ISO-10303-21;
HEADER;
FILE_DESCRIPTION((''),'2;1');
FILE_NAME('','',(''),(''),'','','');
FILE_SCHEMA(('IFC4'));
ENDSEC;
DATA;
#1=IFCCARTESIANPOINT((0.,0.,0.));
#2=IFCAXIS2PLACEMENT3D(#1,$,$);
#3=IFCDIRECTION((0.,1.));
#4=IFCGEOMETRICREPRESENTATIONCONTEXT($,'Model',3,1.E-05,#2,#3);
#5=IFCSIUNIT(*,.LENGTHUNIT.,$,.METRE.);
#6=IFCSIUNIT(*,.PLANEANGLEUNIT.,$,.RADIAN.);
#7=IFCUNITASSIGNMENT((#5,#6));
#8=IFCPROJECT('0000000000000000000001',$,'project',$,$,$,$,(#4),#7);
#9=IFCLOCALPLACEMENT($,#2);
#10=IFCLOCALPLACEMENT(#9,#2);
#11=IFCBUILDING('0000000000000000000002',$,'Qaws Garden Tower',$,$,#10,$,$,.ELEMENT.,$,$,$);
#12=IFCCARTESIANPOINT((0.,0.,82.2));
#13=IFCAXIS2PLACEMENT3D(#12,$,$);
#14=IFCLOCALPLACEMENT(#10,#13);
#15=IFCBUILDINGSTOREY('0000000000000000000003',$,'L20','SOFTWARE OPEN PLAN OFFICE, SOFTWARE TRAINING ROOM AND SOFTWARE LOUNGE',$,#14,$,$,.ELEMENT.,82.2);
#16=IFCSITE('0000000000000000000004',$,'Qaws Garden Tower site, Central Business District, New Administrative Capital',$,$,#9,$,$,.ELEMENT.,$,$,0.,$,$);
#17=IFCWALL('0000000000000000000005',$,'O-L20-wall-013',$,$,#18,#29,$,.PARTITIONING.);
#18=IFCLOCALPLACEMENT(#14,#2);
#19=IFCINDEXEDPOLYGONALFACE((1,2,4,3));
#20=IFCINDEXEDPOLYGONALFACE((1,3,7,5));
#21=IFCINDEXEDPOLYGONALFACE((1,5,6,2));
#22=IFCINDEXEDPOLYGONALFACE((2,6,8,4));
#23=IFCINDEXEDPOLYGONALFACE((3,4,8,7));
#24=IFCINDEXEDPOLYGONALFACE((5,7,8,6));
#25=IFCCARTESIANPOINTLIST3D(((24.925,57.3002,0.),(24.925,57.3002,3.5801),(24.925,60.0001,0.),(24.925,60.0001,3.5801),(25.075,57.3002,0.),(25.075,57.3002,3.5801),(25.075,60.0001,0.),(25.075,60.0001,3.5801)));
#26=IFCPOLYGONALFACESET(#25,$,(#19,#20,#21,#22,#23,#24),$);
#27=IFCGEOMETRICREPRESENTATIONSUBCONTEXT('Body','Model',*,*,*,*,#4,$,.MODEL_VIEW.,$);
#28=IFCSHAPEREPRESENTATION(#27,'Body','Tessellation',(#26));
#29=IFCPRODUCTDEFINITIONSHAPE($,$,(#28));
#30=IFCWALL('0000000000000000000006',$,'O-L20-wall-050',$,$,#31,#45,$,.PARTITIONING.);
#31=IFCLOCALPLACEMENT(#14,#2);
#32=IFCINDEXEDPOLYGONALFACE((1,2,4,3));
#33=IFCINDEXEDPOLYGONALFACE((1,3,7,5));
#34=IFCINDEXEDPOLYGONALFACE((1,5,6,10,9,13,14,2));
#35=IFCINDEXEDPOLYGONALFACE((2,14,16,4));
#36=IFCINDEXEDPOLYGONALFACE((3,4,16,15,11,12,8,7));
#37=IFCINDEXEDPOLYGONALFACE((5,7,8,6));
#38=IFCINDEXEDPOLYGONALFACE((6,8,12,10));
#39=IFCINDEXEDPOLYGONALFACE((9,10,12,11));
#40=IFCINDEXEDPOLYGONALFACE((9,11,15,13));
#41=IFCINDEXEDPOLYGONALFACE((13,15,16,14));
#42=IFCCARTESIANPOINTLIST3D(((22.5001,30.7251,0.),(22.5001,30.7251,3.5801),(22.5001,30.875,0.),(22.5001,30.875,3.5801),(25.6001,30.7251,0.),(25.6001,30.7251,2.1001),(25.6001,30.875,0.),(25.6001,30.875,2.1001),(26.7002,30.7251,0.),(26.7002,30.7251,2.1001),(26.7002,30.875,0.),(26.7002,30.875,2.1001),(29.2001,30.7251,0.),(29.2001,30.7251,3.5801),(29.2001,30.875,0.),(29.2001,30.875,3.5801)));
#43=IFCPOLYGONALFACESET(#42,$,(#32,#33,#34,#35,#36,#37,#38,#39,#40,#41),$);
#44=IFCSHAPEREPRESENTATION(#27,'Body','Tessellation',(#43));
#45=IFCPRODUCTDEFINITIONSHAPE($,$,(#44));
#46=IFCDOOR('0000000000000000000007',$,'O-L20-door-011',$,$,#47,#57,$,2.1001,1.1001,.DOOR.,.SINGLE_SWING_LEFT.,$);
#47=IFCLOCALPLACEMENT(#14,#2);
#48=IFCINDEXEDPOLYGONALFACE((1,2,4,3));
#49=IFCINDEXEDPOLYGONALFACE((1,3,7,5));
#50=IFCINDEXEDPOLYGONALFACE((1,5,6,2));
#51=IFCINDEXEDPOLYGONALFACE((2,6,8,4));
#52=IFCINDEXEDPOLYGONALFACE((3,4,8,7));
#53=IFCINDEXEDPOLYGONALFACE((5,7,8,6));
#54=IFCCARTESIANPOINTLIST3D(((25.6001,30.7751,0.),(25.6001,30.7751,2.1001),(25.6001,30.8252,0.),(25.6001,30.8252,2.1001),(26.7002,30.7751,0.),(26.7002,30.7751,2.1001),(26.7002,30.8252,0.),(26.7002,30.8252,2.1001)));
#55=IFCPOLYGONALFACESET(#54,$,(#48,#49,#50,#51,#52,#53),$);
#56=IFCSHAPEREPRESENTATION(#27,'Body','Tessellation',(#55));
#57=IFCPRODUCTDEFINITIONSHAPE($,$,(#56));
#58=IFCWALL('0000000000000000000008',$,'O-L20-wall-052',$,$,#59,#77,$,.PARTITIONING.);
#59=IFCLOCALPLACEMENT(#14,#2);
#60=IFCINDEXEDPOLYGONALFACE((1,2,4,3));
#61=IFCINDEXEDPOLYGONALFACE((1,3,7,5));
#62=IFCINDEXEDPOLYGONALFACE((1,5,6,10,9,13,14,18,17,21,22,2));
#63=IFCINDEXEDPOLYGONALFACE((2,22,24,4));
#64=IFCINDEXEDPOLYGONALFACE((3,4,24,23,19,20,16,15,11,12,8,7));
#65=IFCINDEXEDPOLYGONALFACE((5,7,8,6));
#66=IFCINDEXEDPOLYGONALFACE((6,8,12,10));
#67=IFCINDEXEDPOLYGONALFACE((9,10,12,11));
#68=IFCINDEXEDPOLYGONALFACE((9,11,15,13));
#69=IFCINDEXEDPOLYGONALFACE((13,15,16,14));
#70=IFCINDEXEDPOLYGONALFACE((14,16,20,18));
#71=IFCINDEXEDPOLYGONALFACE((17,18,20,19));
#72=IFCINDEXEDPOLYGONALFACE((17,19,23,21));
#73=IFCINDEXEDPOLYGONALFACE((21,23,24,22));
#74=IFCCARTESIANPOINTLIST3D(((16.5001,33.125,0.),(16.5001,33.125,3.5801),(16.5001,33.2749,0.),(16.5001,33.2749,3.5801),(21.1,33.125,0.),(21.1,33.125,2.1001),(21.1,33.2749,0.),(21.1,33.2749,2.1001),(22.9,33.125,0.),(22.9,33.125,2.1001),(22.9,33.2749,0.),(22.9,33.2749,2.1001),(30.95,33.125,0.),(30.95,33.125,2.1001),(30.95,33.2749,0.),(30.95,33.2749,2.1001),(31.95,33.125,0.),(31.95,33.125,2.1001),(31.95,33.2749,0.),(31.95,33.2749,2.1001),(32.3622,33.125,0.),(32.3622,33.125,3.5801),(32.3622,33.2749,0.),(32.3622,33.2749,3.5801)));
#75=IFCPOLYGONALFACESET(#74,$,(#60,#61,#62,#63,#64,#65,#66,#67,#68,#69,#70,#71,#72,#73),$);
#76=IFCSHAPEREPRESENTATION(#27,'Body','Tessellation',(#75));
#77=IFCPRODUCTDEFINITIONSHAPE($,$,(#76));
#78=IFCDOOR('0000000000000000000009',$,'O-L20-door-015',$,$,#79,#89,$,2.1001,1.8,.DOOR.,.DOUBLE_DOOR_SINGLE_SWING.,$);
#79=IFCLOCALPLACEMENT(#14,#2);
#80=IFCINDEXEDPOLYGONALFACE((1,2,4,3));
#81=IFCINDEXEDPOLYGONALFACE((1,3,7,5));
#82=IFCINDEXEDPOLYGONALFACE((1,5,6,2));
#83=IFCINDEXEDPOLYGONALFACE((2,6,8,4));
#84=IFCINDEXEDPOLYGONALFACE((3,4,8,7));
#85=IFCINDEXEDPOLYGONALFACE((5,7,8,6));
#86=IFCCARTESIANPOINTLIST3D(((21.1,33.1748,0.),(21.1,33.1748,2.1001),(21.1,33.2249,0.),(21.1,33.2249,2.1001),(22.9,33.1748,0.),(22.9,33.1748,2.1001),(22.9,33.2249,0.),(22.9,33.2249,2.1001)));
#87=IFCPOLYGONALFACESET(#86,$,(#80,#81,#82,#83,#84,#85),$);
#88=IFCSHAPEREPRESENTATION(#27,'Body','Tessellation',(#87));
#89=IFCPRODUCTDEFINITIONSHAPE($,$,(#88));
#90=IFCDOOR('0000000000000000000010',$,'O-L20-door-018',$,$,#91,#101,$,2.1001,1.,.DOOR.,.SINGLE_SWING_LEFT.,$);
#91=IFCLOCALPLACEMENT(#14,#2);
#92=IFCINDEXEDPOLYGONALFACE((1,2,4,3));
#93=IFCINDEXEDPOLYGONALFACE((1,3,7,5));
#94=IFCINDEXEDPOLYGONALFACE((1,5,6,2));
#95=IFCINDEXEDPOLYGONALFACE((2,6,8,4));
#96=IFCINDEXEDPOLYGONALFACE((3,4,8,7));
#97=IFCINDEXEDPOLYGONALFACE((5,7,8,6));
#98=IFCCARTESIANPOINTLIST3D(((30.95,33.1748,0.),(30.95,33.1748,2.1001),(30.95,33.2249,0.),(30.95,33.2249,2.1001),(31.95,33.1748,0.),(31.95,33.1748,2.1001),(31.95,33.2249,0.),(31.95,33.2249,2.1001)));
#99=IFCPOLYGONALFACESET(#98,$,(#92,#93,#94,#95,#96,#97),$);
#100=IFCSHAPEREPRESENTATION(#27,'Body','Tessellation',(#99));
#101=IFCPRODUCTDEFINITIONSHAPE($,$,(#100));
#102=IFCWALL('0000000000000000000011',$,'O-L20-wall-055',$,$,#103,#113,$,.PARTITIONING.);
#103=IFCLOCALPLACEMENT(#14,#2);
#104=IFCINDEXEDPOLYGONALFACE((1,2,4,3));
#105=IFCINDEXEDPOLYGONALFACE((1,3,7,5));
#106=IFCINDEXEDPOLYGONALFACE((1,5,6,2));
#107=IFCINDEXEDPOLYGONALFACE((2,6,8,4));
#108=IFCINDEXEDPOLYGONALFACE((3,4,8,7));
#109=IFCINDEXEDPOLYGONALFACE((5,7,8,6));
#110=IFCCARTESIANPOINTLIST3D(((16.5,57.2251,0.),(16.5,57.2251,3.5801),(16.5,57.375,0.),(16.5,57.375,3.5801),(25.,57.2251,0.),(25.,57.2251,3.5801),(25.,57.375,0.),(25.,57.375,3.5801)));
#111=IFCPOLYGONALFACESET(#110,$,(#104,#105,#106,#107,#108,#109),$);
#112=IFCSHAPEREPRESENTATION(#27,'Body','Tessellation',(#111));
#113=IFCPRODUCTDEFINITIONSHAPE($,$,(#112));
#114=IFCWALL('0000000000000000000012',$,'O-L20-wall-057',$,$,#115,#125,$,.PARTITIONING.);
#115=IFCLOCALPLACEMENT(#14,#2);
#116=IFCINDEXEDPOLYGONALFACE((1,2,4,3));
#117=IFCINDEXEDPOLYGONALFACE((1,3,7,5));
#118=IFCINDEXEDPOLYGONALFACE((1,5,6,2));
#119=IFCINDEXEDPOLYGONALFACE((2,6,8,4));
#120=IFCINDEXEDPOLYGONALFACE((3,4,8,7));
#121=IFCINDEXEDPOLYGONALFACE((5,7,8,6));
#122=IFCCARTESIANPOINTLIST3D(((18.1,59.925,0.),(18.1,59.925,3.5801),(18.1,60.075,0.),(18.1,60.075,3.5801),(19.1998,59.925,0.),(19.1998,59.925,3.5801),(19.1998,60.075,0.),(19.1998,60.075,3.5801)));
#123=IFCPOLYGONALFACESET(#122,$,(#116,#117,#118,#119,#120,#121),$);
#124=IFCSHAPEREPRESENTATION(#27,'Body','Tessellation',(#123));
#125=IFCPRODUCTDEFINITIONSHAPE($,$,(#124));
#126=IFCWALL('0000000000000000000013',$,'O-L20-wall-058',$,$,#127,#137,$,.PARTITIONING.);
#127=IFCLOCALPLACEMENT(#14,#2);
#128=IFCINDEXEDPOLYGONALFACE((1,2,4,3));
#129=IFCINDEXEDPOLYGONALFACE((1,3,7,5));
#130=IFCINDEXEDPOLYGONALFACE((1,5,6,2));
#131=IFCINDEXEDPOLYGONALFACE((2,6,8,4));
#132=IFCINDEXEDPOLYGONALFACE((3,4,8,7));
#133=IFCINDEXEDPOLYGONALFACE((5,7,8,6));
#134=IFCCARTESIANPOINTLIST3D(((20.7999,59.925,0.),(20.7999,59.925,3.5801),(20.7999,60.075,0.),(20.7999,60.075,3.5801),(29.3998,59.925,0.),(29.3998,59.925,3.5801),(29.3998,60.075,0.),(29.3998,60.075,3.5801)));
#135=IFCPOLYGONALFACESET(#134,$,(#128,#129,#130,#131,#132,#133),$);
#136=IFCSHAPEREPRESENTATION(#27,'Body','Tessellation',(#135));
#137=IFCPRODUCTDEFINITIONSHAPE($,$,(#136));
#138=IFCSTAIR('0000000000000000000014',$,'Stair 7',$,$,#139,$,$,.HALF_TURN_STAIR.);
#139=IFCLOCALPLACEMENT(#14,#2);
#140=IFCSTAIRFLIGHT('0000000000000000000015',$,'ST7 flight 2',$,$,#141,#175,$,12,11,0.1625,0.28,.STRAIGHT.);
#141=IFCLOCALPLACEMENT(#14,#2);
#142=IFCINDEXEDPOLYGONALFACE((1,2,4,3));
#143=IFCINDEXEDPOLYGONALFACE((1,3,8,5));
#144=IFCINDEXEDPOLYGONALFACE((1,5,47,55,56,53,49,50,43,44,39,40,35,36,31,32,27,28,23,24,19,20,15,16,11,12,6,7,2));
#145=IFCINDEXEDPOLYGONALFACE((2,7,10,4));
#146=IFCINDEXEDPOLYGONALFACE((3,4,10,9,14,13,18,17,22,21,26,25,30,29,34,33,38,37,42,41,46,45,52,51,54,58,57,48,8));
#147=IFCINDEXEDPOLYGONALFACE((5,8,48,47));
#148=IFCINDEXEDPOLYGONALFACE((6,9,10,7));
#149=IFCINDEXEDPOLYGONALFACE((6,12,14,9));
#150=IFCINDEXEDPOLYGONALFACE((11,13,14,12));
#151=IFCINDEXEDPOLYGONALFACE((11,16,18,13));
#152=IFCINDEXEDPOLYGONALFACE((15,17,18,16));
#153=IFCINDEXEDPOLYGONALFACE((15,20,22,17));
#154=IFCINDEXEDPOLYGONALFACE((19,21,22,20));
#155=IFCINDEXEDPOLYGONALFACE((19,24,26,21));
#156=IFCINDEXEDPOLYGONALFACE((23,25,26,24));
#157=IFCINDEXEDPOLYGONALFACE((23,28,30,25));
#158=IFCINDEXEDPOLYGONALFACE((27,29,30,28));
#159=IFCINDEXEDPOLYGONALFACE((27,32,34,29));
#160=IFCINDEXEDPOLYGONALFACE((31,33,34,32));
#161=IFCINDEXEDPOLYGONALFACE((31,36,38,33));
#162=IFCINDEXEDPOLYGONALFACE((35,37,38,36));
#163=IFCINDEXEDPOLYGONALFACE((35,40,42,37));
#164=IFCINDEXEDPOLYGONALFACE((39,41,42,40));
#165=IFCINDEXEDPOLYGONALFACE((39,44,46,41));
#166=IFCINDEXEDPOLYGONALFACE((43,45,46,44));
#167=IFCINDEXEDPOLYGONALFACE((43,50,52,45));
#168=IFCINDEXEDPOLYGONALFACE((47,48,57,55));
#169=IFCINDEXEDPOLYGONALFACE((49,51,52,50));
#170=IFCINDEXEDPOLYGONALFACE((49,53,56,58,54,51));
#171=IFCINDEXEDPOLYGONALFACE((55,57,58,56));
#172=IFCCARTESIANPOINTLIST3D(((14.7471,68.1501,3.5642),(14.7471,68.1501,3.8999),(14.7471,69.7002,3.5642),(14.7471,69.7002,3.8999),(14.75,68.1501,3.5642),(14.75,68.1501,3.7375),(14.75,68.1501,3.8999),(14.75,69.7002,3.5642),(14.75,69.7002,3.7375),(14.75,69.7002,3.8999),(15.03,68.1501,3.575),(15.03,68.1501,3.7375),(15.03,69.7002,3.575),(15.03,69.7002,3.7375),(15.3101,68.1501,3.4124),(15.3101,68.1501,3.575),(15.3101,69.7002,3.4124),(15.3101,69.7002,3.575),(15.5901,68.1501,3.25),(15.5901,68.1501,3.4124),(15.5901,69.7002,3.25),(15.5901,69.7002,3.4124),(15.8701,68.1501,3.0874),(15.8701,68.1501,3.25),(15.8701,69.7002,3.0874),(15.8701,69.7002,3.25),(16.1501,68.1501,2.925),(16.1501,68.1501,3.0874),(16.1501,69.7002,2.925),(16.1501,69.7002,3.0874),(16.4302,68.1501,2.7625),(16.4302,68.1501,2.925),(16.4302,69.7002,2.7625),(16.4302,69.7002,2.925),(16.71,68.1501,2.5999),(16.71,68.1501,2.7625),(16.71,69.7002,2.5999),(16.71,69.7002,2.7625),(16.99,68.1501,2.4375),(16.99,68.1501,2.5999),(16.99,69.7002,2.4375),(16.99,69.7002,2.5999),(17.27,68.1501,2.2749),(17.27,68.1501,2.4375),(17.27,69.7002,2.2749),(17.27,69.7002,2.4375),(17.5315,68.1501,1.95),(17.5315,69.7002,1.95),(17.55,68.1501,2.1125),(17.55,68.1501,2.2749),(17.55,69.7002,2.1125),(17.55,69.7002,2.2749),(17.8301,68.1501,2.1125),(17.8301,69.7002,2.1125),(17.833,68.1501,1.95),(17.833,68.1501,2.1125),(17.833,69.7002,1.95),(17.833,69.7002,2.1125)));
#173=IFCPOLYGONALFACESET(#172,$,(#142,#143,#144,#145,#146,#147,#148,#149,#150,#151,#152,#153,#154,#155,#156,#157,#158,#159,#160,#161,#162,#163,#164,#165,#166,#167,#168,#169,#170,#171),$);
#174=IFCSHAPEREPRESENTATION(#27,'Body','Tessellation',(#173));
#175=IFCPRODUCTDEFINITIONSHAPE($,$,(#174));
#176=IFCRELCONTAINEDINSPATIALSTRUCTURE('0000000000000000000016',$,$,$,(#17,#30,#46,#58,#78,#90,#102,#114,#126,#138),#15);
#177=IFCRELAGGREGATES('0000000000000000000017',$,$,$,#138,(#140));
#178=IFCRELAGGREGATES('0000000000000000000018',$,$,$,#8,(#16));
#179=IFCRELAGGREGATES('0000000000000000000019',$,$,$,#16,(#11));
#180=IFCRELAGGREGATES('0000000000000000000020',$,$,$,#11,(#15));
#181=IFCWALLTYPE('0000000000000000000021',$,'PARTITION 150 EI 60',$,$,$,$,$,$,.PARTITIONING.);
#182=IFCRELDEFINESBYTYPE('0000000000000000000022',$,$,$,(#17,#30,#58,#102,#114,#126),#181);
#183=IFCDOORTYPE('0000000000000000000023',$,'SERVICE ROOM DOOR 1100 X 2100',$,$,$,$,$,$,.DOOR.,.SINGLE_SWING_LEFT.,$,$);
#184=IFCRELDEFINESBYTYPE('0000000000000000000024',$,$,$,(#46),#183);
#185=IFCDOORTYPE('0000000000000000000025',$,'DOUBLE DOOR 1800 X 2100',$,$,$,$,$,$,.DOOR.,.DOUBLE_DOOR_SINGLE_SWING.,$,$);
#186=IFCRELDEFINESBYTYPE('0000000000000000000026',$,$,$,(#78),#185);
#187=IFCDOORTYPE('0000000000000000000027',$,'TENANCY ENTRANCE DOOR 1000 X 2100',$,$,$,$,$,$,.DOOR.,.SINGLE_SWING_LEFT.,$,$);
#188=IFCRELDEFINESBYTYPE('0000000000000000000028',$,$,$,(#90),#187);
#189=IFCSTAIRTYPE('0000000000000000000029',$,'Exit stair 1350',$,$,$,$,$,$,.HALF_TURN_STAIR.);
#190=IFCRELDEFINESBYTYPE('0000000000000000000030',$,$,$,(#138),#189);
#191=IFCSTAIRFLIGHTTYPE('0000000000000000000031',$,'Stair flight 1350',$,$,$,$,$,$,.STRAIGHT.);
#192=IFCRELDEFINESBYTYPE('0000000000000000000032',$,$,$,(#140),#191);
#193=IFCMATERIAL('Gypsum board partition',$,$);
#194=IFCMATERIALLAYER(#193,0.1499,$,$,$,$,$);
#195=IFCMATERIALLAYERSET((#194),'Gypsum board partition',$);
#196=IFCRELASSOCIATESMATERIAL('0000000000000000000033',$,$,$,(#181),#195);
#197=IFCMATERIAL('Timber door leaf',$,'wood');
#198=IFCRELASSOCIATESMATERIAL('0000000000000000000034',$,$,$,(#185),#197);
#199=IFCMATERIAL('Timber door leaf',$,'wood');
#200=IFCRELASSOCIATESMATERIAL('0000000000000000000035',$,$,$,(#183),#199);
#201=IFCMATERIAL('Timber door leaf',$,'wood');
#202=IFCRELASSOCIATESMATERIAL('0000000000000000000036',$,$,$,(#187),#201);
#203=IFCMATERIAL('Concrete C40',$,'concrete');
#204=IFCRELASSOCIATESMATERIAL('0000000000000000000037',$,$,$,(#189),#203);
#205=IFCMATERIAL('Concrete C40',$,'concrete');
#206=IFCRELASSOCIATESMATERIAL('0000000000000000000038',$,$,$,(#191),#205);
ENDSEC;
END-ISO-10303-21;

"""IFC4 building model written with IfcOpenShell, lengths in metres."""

from ifc_helpers import new_model, si_unit, direction, frame, frame_2d, origin, place, context, subcontext, project, spatial, polyline, rectangle, outline, extrude, material, layer, layer_set, type_object, element, fill, aggregate, save


model = new_model("IFC4")

# Units and contexts
model_context = context("Model", 3, precision=1e-05, world=origin(), true_north=direction((0.0, 1.0)))
body_context = subcontext(model_context, "Body", "Model", "MODEL_VIEW")
ifc_project = project(units=[si_unit("LENGTHUNIT", "METRE"), si_unit("PLANEANGLEUNIT", "RADIAN")], contexts=[model_context])

# Site, building, storey
site_placement = place(None, origin())
site = spatial("IfcSite", under=ifc_project, at=site_placement, Name="Qaws Garden Tower site, Central Business District, New Administrative Capital", CompositionType="ELEMENT", RefElevation=0.0)
building_placement = place(site_placement, origin())
building = spatial("IfcBuilding", under=site, at=building_placement, Name="Qaws Garden Tower", CompositionType="ELEMENT")
storey_placement = place(building_placement, frame((0.0, 0.0, 82.2)))
storey = spatial("IfcBuildingStorey", under=building, at=storey_placement, Name="L20", Description="SOFTWARE OPEN PLAN OFFICE, SOFTWARE TRAINING ROOM AND SOFTWARE LOUNGE", CompositionType="ELEMENT", Elevation=82.2)

# Shared definitions
ifc_material_1 = material(Name="Gypsum board partition")
ifc_layer_1 = layer(ifc_material_1, 0.1499)
ifc_layer_set_1 = layer_set([ifc_layer_1], Name="Gypsum board partition")
wall_type_1 = type_object("IfcWallType", Name="PARTITION 150 EI 60", PredefinedType="PARTITIONING", material=ifc_layer_set_1)

# Shared definitions
ifc_material_2 = material(Name="Timber door leaf", Category="wood")
door_type_1 = type_object("IfcDoorType", Name="DOUBLE DOOR 1800 X 2100", OperationType="DOUBLE_DOOR_SINGLE_SWING", PredefinedType="DOOR", material=ifc_material_2)

# Wall
wall_1_placement = place(storey_placement, frame((25.0, 57.3, 0.0), z_axis=(0.0, 0.0, 1.0), x_axis=(0.0, 1.0, 0.0)))
element("IfcWall", 1, at=wall_1_placement, inside=storey, type_object=wall_type_1, Name="O-L20-wall-013", PredefinedType="PARTITIONING", context=body_context, shape_type="SweptSolid", body=[
    extrude(rectangle(XDim=2.7, YDim=0.1499, at=frame_2d((1.3501, 0.0))), origin(), (0.0, 0.0, 1.0), 3.5801),
])

# Wall, opening, door
wall_2_placement = place(storey_placement, frame((22.5, 30.8, 0.0), z_axis=(0.0, 0.0, 1.0), x_axis=(1.0, 0.0, 0.0)))
wall_2 = element("IfcWall", 2, at=wall_2_placement, inside=storey, type_object=wall_type_1, Name="O-L20-wall-050", PredefinedType="PARTITIONING", context=body_context, shape_type="SweptSolid", body=[
    extrude(rectangle(XDim=6.7, YDim=0.1499, at=frame_2d((3.3501, 0.0))), origin(), (0.0, 0.0, 1.0), 3.5801),
])
opening_1_placement = place(wall_2_placement, frame((3.1001, 0.0, 0.0)))
opening_1 = element("IfcOpeningElement", 3, at=opening_1_placement, cuts=wall_2, PredefinedType="OPENING", context=body_context, shape_type="SweptSolid", body=[
    extrude(rectangle(XDim=1.1001, YDim=2.1001, at=frame_2d((0.55, 1.05))), frame((0.0, 0.085, 0.0), z_axis=(0.0, -1.0, 0.0), x_axis=(1.0, 0.0, 0.0)), (0.0, 0.0, 1.0), 0.1699),
])
ifc_material_3 = material(Name="Timber door leaf", Category="wood")
door_type_2 = type_object("IfcDoorType", Name="SERVICE ROOM DOOR 1100 X 2100", OperationType="SINGLE_SWING_LEFT", PredefinedType="DOOR", material=ifc_material_3)
door_1_placement = place(opening_1_placement, frame((1.1001, 0.0, 0.0), z_axis=(0.0, 0.0, 1.0), x_axis=(-1.0, 0.0, 0.0)))
door_1 = element("IfcDoor", 4, at=door_1_placement, inside=storey, type_object=door_type_2, Name="O-L20-door-011", OperationType="SINGLE_SWING_LEFT", OverallHeight=2.1001, OverallWidth=1.1001, PredefinedType="DOOR", context=body_context, shape_type="SweptSolid", body=[
    extrude(rectangle(XDim=1.1001, YDim=2.1001, at=frame_2d((0.55, 1.05))), frame((0.0, 0.0249, 0.0), z_axis=(0.0, -1.0, 0.0), x_axis=(1.0, 0.0, 0.0)), (0.0, 0.0, 1.0), 0.05),
])
fill(opening_1, door_1)

# Wall, openings, doors
wall_3_placement = place(storey_placement, frame((16.5, 33.2, 0.0), z_axis=(0.0, 0.0, 1.0), x_axis=(1.0, 0.0, 0.0)))
wall_3 = element("IfcWall", 5, at=wall_3_placement, inside=storey, type_object=wall_type_1, Name="O-L20-wall-052", PredefinedType="PARTITIONING", context=body_context, shape_type="SweptSolid", body=[
    extrude(rectangle(XDim=15.8621, YDim=0.1499, at=frame_2d((7.9312, 0.0))), origin(), (0.0, 0.0, 1.0), 3.5801),
])
opening_2_placement = place(wall_3_placement, frame((4.6001, 0.0, 0.0)))
opening_2 = element("IfcOpeningElement", 6, at=opening_2_placement, cuts=wall_3, PredefinedType="OPENING", context=body_context, shape_type="SweptSolid", body=[
    extrude(rectangle(XDim=1.8, YDim=2.1001, at=frame_2d((0.8999, 1.05))), frame((0.0, 0.085, 0.0), z_axis=(0.0, -1.0, 0.0), x_axis=(1.0, 0.0, 0.0)), (0.0, 0.0, 1.0), 0.1699),
])
opening_3_placement = place(wall_3_placement, frame((14.45, 0.0, 0.0)))
opening_3 = element("IfcOpeningElement", 7, at=opening_3_placement, cuts=wall_3, PredefinedType="OPENING", context=body_context, shape_type="SweptSolid", body=[
    extrude(rectangle(XDim=1.0, YDim=2.1001, at=frame_2d((0.5, 1.05))), frame((0.0, 0.085, 0.0), z_axis=(0.0, -1.0, 0.0), x_axis=(1.0, 0.0, 0.0)), (0.0, 0.0, 1.0), 0.1699),
])
door_2_placement = place(opening_2_placement, origin())
door_2 = element("IfcDoor", 8, at=door_2_placement, inside=storey, type_object=door_type_1, Name="O-L20-door-015", OperationType="DOUBLE_DOOR_SINGLE_SWING", OverallHeight=2.1001, OverallWidth=1.8, PredefinedType="DOOR", context=body_context, shape_type="SweptSolid", body=[
    extrude(rectangle(XDim=1.8, YDim=2.1001, at=frame_2d((0.8999, 1.05))), frame((0.0, 0.0249, 0.0), z_axis=(0.0, -1.0, 0.0), x_axis=(1.0, 0.0, 0.0)), (0.0, 0.0, 1.0), 0.05),
])
fill(opening_2, door_2)
ifc_material_4 = material(Name="Timber door leaf", Category="wood")
door_type_3 = type_object("IfcDoorType", Name="TENANCY ENTRANCE DOOR 1000 X 2100", OperationType="SINGLE_SWING_LEFT", PredefinedType="DOOR", material=ifc_material_4)
door_3_placement = place(opening_3_placement, origin())
door_3 = element("IfcDoor", 9, at=door_3_placement, inside=storey, type_object=door_type_3, Name="O-L20-door-018", OperationType="SINGLE_SWING_LEFT", OverallHeight=2.1001, OverallWidth=1.0, PredefinedType="DOOR", context=body_context, shape_type="SweptSolid", body=[
    extrude(rectangle(XDim=1.0, YDim=2.1001, at=frame_2d((0.5, 1.05))), frame((0.0, 0.0249, 0.0), z_axis=(0.0, -1.0, 0.0), x_axis=(1.0, 0.0, 0.0)), (0.0, 0.0, 1.0), 0.05),
])
fill(opening_3, door_3)

# Walls
wall_4_placement = place(storey_placement, frame((16.5, 57.3, 0.0), z_axis=(0.0, 0.0, 1.0), x_axis=(1.0, 0.0, 0.0)))
element("IfcWall", 10, at=wall_4_placement, inside=storey, type_object=wall_type_1, Name="O-L20-wall-055", PredefinedType="PARTITIONING", context=body_context, shape_type="SweptSolid", body=[
    extrude(rectangle(XDim=8.5, YDim=0.1499, at=frame_2d((4.25, 0.0))), origin(), (0.0, 0.0, 1.0), 3.5801),
])
wall_5_placement = place(storey_placement, frame((18.1001, 60.0, 0.0), z_axis=(0.0, 0.0, 1.0), x_axis=(1.0, 0.0, 0.0)))
element("IfcWall", 11, at=wall_5_placement, inside=storey, type_object=wall_type_1, Name="O-L20-wall-057", PredefinedType="PARTITIONING", context=body_context, shape_type="SweptSolid", body=[
    extrude(rectangle(XDim=1.0999, YDim=0.1499, at=frame_2d((0.5498, 0.0))), origin(), (0.0, 0.0, 1.0), 3.5801),
])
wall_6_placement = place(storey_placement, frame((20.8, 60.0, 0.0), z_axis=(0.0, 0.0, 1.0), x_axis=(1.0, 0.0, 0.0)))
element("IfcWall", 12, at=wall_6_placement, inside=storey, type_object=wall_type_1, Name="O-L20-wall-058", PredefinedType="PARTITIONING", context=body_context, shape_type="SweptSolid", body=[
    extrude(rectangle(XDim=8.5999, YDim=0.1499, at=frame_2d((4.2998, 0.0))), origin(), (0.0, 0.0, 1.0), 3.5801),
])

# Stair, stair flight
ifc_material_5 = material(Name="Concrete C40", Category="concrete")
stair_type = type_object("IfcStairType", Name="Exit stair 1350", PredefinedType="HALF_TURN_STAIR", material=ifc_material_5)
stair_placement = place(storey_placement, origin())
stair = element("IfcStair", 13, at=stair_placement, inside=storey, type_object=stair_type, Name="Stair 7", PredefinedType="HALF_TURN_STAIR")
ifc_material_6 = material(Name="Concrete C40", Category="concrete")
stair_flight_type = type_object("IfcStairFlightType", Name="Stair flight 1350", PredefinedType="STRAIGHT", material=ifc_material_6)
stair_flight_placement = place(storey_placement, frame((17.8301, 68.925, 1.95), z_axis=(0.0, 0.0, 1.0), x_axis=(-1.0, 0.0, 0.0)))
stair_flight = element("IfcStairFlight", 14, at=stair_flight_placement, type_object=stair_flight_type, Name="ST7 flight 2", NumberOfRisers=12, NumberOfTreads=11, PredefinedType="STRAIGHT", RiserHeight=0.1625, TreadLength=0.28, context=body_context, shape_type="SweptSolid", body=[
    extrude(outline(polyline([(-0.0029, 0.0), (-0.0029, 0.1626), (0.0, 0.1626), (0.28, 0.1626), (0.28, 0.325), (0.5601, 0.325), (0.5601, 0.4875), (0.8401, 0.4875), (0.8401, 0.6499), (1.1201, 0.6499), (1.1201, 0.8125), (1.3999, 0.8125), (1.3999, 0.9751), (1.6799, 0.9751), (1.6799, 1.1375), (1.96, 1.1375), (1.96, 1.3), (2.24, 1.3), (2.24, 1.4624), (2.52, 1.4624), (2.52, 1.625), (2.8, 1.625), (2.8, 1.7876), (3.0801, 1.7876), (3.0801, 1.95), (3.083, 1.95), (3.083, 1.6143), (3.0801, 1.6143), (0.2986, 0.0), (-0.0029, 0.0)])), frame((0.0, 0.7749, 0.0), z_axis=(0.0, -1.0, 0.0), x_axis=(1.0, 0.0, 0.0)), (0.0, 0.0, 1.0), 1.55),
])
aggregate(stair, [stair_flight])

save(model, "model.ifc")
